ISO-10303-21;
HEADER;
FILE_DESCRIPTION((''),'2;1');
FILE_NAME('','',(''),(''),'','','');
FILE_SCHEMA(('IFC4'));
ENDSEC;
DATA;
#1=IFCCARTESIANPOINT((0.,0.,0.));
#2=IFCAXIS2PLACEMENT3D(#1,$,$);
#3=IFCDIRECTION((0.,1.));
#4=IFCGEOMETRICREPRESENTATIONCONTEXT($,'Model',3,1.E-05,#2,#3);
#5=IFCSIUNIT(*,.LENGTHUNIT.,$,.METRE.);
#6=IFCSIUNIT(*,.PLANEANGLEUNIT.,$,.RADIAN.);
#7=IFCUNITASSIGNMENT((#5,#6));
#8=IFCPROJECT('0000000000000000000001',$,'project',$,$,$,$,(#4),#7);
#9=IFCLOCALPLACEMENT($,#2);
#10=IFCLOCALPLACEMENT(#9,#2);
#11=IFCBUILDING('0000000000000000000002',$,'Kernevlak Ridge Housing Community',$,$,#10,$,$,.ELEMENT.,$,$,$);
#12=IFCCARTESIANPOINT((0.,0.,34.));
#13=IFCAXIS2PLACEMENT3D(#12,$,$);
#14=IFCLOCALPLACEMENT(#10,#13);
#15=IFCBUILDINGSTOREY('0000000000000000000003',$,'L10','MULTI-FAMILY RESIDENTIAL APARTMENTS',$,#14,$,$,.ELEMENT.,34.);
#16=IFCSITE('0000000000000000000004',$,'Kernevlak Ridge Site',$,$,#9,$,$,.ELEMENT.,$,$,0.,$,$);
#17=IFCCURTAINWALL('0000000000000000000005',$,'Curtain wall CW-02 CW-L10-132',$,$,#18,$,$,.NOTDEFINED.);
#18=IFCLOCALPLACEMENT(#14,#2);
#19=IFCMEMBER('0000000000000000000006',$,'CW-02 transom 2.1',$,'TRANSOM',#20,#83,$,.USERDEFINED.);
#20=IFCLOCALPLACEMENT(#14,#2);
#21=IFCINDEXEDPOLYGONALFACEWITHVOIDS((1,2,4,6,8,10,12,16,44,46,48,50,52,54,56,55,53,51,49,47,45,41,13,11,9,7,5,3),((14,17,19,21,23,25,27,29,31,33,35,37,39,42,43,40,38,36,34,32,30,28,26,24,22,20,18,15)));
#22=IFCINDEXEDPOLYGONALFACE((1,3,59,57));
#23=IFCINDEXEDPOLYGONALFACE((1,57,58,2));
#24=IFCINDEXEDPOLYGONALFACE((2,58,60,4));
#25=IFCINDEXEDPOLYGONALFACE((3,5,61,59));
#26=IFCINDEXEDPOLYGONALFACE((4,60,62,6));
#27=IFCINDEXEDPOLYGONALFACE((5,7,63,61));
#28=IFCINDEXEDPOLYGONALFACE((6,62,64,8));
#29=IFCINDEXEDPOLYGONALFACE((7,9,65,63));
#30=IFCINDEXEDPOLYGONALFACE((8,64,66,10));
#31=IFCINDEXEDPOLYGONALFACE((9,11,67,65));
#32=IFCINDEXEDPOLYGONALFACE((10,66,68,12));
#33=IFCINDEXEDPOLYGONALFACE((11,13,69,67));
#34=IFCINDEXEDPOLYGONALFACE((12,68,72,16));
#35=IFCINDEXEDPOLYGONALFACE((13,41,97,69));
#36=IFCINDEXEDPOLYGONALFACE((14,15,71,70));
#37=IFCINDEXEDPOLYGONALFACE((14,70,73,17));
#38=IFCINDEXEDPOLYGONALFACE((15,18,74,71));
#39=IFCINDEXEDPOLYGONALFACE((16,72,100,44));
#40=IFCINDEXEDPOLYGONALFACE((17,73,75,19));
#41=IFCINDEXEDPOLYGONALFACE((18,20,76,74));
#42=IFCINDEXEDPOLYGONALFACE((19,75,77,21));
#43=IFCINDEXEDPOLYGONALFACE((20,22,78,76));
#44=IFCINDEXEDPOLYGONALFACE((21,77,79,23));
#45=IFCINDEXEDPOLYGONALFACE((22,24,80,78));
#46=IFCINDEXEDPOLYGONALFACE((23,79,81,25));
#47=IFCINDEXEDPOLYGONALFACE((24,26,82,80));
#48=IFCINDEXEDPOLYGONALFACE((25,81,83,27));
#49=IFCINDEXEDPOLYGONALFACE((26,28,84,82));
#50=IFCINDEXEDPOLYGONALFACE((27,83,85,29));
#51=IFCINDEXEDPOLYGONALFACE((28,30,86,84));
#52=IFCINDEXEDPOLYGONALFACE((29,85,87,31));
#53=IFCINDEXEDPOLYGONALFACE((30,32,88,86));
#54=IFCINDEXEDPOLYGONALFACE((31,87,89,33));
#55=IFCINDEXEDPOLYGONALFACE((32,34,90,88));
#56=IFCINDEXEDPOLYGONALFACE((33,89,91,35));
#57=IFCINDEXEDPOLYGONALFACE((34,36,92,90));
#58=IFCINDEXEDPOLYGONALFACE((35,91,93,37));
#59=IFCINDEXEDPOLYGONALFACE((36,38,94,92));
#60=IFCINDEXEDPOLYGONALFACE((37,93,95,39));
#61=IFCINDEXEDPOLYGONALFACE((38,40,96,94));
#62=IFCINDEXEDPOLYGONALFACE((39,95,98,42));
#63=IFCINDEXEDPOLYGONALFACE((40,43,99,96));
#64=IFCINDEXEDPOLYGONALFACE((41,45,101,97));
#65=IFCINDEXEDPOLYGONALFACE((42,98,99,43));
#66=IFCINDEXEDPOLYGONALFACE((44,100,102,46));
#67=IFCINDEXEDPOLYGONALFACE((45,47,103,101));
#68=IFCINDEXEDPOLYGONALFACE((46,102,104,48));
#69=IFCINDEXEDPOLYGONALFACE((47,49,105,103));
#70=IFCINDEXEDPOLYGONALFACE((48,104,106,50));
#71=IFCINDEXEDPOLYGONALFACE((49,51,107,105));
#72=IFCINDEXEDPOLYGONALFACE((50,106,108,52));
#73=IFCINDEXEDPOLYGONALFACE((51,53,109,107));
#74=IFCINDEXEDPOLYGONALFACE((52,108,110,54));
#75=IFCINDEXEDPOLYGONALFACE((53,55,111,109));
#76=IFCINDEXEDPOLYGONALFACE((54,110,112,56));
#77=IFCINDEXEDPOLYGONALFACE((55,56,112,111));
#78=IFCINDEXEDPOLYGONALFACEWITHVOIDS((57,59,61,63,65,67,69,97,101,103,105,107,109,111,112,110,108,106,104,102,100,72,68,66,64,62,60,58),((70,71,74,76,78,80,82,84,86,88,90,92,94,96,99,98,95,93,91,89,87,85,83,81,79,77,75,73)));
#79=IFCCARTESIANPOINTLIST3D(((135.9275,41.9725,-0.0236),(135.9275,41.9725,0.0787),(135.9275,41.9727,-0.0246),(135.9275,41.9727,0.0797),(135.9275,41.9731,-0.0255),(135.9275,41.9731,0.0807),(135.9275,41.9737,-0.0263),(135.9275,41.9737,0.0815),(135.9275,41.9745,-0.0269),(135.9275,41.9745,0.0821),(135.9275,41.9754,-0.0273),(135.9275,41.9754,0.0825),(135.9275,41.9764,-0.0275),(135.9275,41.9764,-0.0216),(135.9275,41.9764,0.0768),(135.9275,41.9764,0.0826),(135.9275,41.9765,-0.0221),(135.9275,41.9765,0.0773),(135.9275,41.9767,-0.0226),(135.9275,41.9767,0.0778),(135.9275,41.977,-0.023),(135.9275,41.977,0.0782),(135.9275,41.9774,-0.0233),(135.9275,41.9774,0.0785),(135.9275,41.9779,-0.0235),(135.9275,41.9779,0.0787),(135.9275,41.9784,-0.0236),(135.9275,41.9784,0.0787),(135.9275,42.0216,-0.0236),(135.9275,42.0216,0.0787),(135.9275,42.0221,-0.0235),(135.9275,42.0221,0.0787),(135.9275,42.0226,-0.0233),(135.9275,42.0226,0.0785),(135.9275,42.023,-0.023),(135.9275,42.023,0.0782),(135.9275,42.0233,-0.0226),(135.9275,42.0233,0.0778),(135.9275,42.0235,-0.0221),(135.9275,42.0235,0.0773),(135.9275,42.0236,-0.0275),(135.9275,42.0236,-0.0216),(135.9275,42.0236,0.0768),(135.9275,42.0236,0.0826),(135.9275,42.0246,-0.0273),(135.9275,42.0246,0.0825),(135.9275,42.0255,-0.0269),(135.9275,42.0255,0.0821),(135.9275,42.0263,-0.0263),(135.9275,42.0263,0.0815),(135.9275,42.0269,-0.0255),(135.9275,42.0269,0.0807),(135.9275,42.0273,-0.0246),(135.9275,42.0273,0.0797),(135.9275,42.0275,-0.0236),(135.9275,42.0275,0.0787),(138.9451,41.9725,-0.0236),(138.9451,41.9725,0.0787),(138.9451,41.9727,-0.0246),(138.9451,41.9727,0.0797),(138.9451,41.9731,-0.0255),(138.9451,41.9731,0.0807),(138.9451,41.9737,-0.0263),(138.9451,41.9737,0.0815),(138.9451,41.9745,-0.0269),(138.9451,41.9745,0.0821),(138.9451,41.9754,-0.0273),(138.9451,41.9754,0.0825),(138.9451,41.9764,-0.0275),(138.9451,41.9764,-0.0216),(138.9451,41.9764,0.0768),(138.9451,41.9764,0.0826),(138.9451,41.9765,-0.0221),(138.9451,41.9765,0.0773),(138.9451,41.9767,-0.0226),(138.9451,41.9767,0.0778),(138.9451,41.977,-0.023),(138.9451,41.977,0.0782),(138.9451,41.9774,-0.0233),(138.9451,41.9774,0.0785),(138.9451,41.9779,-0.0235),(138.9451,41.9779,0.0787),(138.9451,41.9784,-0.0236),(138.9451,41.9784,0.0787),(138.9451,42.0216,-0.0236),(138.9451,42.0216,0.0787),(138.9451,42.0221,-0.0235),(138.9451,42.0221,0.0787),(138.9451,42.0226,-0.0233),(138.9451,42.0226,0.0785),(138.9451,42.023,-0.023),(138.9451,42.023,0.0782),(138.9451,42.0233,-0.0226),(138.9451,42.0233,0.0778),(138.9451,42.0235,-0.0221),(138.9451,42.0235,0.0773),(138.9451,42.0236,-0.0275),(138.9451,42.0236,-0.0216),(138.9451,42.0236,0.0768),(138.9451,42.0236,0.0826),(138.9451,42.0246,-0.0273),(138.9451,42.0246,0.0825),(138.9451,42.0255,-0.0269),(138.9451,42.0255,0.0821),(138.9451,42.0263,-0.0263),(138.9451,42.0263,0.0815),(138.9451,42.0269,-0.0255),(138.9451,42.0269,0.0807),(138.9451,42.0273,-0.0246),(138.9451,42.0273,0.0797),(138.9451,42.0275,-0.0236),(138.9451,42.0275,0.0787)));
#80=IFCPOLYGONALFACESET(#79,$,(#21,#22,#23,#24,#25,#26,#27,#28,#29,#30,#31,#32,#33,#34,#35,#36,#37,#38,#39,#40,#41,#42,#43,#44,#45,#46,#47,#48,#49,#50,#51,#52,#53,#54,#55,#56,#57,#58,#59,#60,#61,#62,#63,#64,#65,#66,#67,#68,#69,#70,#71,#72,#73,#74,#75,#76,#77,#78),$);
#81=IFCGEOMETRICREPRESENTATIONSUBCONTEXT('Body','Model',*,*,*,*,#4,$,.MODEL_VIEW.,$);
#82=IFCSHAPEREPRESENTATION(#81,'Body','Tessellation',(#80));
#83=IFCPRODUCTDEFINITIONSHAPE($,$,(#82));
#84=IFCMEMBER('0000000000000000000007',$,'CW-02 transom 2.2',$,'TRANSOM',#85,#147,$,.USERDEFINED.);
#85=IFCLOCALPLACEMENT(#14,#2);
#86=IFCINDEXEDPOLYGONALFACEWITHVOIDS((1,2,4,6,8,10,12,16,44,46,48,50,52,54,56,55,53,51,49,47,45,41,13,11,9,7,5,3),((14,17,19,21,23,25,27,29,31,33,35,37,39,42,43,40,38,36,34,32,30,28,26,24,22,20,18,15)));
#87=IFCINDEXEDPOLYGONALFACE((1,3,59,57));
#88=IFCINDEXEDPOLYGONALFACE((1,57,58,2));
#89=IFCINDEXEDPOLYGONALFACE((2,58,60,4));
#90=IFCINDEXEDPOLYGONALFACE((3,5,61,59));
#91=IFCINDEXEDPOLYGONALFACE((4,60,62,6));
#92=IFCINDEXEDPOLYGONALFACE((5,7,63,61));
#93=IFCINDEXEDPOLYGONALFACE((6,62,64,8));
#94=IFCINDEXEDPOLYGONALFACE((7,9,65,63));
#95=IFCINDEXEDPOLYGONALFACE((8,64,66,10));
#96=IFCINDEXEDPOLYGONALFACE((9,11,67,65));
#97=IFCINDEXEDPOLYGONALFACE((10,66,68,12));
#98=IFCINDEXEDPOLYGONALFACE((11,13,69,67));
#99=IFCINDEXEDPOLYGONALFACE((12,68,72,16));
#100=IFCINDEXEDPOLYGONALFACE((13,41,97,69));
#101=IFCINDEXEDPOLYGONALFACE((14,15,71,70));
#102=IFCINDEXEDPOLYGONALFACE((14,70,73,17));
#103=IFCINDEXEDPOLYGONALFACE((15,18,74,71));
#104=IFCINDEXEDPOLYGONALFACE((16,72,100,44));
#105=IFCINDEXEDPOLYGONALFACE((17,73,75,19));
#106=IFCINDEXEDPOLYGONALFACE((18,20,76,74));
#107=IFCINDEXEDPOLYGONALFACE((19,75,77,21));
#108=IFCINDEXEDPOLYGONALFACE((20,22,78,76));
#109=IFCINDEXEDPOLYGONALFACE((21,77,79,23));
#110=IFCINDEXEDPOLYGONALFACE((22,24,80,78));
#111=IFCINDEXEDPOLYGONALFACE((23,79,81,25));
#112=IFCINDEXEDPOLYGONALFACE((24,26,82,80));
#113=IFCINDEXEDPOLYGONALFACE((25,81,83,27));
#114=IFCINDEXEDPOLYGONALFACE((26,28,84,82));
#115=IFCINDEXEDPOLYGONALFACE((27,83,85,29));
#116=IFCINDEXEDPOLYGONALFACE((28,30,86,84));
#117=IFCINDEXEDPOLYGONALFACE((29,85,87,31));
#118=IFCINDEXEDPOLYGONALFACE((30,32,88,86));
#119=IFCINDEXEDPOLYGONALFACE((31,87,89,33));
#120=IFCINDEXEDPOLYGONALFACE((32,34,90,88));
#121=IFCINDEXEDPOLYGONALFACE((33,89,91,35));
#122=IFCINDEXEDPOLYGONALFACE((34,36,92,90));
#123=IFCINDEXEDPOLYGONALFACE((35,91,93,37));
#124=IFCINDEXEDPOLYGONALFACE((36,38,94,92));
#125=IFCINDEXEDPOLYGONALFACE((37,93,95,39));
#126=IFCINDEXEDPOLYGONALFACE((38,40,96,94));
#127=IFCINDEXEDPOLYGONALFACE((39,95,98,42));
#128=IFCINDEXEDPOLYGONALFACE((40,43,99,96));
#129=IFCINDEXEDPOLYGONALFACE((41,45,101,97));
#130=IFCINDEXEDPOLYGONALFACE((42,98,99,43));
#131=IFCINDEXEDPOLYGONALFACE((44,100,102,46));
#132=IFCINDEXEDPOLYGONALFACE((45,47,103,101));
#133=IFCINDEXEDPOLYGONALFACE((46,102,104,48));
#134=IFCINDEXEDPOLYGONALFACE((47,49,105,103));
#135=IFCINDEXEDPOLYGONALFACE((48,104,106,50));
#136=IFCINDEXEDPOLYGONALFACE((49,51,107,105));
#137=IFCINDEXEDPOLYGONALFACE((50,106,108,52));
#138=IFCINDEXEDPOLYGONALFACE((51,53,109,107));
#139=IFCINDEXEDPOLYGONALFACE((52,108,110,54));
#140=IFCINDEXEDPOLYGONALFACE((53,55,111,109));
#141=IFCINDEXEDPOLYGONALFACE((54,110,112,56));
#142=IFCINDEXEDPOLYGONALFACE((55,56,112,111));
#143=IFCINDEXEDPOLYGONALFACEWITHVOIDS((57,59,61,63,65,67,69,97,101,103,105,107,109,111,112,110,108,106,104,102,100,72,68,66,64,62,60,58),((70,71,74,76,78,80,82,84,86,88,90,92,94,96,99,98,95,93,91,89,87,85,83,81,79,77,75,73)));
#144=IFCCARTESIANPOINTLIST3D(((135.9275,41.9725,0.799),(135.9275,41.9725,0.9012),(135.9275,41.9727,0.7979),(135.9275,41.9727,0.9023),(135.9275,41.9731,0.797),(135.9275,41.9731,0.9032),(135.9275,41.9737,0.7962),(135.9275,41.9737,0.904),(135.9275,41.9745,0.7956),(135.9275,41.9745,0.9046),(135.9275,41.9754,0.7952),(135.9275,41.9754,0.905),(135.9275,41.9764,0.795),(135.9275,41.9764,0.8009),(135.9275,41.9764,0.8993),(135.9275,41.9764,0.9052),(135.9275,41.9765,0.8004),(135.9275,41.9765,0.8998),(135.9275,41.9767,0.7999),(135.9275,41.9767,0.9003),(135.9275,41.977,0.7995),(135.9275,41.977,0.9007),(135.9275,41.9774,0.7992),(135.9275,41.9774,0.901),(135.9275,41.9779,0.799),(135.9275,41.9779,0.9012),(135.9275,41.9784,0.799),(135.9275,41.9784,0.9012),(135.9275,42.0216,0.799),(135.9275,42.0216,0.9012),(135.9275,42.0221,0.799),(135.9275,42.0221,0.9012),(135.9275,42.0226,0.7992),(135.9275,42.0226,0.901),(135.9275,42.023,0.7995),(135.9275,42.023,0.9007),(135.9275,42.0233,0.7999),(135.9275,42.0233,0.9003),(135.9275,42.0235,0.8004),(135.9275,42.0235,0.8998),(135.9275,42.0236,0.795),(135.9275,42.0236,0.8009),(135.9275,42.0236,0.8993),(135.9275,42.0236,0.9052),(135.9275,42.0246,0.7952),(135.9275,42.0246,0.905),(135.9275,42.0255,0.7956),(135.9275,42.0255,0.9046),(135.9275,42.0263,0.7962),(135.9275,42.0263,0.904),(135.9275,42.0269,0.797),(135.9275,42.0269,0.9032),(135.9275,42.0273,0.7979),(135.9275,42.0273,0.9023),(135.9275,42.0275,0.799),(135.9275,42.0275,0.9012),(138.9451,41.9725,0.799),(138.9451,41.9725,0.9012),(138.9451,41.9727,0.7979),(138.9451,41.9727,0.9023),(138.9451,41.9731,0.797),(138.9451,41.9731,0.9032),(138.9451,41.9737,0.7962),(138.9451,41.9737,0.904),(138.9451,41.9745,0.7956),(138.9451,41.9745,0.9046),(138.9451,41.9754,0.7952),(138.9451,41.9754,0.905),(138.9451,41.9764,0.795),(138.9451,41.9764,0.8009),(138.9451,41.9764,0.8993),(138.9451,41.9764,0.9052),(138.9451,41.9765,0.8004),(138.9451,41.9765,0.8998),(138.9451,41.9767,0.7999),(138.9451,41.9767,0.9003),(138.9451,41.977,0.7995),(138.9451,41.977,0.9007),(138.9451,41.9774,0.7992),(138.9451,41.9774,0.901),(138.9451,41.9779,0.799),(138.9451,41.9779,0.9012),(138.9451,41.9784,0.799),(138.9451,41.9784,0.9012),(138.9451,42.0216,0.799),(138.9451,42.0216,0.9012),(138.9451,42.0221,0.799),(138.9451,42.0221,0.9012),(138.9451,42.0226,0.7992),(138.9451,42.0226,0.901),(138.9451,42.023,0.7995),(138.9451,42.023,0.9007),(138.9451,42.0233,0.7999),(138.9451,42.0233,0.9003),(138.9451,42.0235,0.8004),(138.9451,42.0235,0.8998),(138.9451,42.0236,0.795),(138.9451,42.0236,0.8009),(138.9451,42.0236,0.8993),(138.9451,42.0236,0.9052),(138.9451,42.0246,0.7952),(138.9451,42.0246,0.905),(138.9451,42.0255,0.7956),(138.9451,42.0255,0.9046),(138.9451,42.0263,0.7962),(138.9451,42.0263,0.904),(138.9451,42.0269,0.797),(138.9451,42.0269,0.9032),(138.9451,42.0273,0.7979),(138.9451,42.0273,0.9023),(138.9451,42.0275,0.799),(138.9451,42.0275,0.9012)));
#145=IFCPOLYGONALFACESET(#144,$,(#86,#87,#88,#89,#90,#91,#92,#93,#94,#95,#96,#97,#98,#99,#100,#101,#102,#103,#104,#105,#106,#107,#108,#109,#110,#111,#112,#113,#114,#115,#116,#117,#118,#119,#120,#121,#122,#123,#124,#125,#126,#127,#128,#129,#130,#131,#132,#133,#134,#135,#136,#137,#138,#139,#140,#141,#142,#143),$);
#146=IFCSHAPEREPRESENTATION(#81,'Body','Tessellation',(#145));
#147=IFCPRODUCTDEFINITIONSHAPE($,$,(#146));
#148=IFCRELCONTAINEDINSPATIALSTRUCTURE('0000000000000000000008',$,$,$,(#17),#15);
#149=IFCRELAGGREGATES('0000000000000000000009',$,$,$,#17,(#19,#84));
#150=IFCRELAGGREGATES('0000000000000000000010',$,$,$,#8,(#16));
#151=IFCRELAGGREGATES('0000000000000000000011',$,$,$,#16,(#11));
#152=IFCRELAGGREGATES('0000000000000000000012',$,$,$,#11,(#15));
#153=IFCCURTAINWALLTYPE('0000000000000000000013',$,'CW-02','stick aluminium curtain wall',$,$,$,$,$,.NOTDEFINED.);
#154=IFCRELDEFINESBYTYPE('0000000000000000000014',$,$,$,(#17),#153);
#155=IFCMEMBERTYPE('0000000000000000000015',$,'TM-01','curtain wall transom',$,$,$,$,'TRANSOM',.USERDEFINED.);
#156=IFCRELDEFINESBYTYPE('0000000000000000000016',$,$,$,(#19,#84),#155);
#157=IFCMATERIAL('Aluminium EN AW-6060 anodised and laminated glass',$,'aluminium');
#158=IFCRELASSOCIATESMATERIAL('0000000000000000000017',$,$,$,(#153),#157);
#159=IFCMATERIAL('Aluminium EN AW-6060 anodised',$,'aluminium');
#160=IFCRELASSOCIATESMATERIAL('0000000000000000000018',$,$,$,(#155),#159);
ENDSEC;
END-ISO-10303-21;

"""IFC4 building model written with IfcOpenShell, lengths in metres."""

from ifc_helpers import new_model, si_unit, direction, frame, origin, origin_2d, place, context, subcontext, project, spatial, hollow_rectangle, extrude, material, material_profile, profile_set, type_object, element, aggregate, save


model = new_model("IFC4")

# Units and contexts
model_context = context("Model", 3, precision=1e-05, world=origin(), true_north=direction((0.0, 1.0)))
body_context = subcontext(model_context, "Body", "Model", "MODEL_VIEW")
ifc_project = project(units=[si_unit("LENGTHUNIT", "METRE"), si_unit("PLANEANGLEUNIT", "RADIAN")], contexts=[model_context])

# Site, building, storey
site_placement = place(None, origin())
site = spatial("IfcSite", under=ifc_project, at=site_placement, Name="Kernevlak Ridge Site", CompositionType="ELEMENT", RefElevation=0.0)
building_placement = place(site_placement, origin())
building = spatial("IfcBuilding", under=site, at=building_placement, Name="Kernevlak Ridge Housing Community", CompositionType="ELEMENT")
storey_placement = place(building_placement, frame((0.0, 0.0, 34.0)))
storey = spatial("IfcBuildingStorey", under=building, at=storey_placement, Name="L10", Description="MULTI-FAMILY RESIDENTIAL APARTMENTS", CompositionType="ELEMENT", Elevation=34.0)

# Curtain wall
ifc_material_1 = material(Name="Aluminium EN AW-6060 anodised and laminated glass", Category="aluminium")
curtain_wall_type = type_object("IfcCurtainWallType", Name="CW-02", Description="stick aluminium curtain wall", PredefinedType="NOTDEFINED", material=ifc_material_1)
curtain_wall_placement = place(storey_placement, origin())
curtain_wall = element("IfcCurtainWall", 1, at=curtain_wall_placement, inside=storey, type_object=curtain_wall_type, Name="Curtain wall CW-02 CW-L10-132", PredefinedType="NOTDEFINED")
ifc_material_2 = material(Name="Aluminium EN AW-6060 anodised", Category="aluminium")

# Members
ifc_material_profile_1 = material_profile(ifc_material_2, hollow_rectangle(XDim=0.0549, YDim=0.1101, WallThickness=0.0039, InnerFilletRadius=0.002, OuterFilletRadius=0.0039, at=origin_2d()), Name="ALU 55x110x4")
ifc_profile_set_1 = profile_set([ifc_material_profile_1], Name="Aluminium EN AW-6060 anodised")
member_type_1 = type_object("IfcMemberType", Name="TM-01", Description="curtain wall transom", ElementType="TRANSOM", PredefinedType="USERDEFINED", material=ifc_profile_set_1)
member_1_placement = place(storey_placement, frame((135.9275, 42.0, 0.0276), z_axis=(1.0, 0.0, 0.0), x_axis=(0.0, 1.0, 0.0)))
member_1 = element("IfcMember", 2, at=member_1_placement, type_object=member_type_1, Name="CW-02 transom 2.1", ObjectType="TRANSOM", PredefinedType="USERDEFINED", context=body_context, shape_type="SweptSolid", body=[
    extrude(hollow_rectangle(XDim=0.0549, YDim=0.1101, WallThickness=0.0039, InnerFilletRadius=0.002, OuterFilletRadius=0.0039, at=origin_2d()), origin(), (0.0, 0.0, 1.0), 3.0176),
])
member_2_placement = place(storey_placement, frame((135.9275, 42.0, 0.8501), z_axis=(1.0, 0.0, 0.0), x_axis=(0.0, 1.0, 0.0)))
member_2 = element("IfcMember", 3, at=member_2_placement, type_object=member_type_1, Name="CW-02 transom 2.2", ObjectType="TRANSOM", PredefinedType="USERDEFINED", context=body_context, shape_type="SweptSolid", body=[
    extrude(hollow_rectangle(XDim=0.0549, YDim=0.1101, WallThickness=0.0039, InnerFilletRadius=0.002, OuterFilletRadius=0.0039, at=origin_2d()), origin(), (0.0, 0.0, 1.0), 3.0176),
])

aggregate(curtain_wall, [member_1, member_2])

save(model, "model.ifc")
